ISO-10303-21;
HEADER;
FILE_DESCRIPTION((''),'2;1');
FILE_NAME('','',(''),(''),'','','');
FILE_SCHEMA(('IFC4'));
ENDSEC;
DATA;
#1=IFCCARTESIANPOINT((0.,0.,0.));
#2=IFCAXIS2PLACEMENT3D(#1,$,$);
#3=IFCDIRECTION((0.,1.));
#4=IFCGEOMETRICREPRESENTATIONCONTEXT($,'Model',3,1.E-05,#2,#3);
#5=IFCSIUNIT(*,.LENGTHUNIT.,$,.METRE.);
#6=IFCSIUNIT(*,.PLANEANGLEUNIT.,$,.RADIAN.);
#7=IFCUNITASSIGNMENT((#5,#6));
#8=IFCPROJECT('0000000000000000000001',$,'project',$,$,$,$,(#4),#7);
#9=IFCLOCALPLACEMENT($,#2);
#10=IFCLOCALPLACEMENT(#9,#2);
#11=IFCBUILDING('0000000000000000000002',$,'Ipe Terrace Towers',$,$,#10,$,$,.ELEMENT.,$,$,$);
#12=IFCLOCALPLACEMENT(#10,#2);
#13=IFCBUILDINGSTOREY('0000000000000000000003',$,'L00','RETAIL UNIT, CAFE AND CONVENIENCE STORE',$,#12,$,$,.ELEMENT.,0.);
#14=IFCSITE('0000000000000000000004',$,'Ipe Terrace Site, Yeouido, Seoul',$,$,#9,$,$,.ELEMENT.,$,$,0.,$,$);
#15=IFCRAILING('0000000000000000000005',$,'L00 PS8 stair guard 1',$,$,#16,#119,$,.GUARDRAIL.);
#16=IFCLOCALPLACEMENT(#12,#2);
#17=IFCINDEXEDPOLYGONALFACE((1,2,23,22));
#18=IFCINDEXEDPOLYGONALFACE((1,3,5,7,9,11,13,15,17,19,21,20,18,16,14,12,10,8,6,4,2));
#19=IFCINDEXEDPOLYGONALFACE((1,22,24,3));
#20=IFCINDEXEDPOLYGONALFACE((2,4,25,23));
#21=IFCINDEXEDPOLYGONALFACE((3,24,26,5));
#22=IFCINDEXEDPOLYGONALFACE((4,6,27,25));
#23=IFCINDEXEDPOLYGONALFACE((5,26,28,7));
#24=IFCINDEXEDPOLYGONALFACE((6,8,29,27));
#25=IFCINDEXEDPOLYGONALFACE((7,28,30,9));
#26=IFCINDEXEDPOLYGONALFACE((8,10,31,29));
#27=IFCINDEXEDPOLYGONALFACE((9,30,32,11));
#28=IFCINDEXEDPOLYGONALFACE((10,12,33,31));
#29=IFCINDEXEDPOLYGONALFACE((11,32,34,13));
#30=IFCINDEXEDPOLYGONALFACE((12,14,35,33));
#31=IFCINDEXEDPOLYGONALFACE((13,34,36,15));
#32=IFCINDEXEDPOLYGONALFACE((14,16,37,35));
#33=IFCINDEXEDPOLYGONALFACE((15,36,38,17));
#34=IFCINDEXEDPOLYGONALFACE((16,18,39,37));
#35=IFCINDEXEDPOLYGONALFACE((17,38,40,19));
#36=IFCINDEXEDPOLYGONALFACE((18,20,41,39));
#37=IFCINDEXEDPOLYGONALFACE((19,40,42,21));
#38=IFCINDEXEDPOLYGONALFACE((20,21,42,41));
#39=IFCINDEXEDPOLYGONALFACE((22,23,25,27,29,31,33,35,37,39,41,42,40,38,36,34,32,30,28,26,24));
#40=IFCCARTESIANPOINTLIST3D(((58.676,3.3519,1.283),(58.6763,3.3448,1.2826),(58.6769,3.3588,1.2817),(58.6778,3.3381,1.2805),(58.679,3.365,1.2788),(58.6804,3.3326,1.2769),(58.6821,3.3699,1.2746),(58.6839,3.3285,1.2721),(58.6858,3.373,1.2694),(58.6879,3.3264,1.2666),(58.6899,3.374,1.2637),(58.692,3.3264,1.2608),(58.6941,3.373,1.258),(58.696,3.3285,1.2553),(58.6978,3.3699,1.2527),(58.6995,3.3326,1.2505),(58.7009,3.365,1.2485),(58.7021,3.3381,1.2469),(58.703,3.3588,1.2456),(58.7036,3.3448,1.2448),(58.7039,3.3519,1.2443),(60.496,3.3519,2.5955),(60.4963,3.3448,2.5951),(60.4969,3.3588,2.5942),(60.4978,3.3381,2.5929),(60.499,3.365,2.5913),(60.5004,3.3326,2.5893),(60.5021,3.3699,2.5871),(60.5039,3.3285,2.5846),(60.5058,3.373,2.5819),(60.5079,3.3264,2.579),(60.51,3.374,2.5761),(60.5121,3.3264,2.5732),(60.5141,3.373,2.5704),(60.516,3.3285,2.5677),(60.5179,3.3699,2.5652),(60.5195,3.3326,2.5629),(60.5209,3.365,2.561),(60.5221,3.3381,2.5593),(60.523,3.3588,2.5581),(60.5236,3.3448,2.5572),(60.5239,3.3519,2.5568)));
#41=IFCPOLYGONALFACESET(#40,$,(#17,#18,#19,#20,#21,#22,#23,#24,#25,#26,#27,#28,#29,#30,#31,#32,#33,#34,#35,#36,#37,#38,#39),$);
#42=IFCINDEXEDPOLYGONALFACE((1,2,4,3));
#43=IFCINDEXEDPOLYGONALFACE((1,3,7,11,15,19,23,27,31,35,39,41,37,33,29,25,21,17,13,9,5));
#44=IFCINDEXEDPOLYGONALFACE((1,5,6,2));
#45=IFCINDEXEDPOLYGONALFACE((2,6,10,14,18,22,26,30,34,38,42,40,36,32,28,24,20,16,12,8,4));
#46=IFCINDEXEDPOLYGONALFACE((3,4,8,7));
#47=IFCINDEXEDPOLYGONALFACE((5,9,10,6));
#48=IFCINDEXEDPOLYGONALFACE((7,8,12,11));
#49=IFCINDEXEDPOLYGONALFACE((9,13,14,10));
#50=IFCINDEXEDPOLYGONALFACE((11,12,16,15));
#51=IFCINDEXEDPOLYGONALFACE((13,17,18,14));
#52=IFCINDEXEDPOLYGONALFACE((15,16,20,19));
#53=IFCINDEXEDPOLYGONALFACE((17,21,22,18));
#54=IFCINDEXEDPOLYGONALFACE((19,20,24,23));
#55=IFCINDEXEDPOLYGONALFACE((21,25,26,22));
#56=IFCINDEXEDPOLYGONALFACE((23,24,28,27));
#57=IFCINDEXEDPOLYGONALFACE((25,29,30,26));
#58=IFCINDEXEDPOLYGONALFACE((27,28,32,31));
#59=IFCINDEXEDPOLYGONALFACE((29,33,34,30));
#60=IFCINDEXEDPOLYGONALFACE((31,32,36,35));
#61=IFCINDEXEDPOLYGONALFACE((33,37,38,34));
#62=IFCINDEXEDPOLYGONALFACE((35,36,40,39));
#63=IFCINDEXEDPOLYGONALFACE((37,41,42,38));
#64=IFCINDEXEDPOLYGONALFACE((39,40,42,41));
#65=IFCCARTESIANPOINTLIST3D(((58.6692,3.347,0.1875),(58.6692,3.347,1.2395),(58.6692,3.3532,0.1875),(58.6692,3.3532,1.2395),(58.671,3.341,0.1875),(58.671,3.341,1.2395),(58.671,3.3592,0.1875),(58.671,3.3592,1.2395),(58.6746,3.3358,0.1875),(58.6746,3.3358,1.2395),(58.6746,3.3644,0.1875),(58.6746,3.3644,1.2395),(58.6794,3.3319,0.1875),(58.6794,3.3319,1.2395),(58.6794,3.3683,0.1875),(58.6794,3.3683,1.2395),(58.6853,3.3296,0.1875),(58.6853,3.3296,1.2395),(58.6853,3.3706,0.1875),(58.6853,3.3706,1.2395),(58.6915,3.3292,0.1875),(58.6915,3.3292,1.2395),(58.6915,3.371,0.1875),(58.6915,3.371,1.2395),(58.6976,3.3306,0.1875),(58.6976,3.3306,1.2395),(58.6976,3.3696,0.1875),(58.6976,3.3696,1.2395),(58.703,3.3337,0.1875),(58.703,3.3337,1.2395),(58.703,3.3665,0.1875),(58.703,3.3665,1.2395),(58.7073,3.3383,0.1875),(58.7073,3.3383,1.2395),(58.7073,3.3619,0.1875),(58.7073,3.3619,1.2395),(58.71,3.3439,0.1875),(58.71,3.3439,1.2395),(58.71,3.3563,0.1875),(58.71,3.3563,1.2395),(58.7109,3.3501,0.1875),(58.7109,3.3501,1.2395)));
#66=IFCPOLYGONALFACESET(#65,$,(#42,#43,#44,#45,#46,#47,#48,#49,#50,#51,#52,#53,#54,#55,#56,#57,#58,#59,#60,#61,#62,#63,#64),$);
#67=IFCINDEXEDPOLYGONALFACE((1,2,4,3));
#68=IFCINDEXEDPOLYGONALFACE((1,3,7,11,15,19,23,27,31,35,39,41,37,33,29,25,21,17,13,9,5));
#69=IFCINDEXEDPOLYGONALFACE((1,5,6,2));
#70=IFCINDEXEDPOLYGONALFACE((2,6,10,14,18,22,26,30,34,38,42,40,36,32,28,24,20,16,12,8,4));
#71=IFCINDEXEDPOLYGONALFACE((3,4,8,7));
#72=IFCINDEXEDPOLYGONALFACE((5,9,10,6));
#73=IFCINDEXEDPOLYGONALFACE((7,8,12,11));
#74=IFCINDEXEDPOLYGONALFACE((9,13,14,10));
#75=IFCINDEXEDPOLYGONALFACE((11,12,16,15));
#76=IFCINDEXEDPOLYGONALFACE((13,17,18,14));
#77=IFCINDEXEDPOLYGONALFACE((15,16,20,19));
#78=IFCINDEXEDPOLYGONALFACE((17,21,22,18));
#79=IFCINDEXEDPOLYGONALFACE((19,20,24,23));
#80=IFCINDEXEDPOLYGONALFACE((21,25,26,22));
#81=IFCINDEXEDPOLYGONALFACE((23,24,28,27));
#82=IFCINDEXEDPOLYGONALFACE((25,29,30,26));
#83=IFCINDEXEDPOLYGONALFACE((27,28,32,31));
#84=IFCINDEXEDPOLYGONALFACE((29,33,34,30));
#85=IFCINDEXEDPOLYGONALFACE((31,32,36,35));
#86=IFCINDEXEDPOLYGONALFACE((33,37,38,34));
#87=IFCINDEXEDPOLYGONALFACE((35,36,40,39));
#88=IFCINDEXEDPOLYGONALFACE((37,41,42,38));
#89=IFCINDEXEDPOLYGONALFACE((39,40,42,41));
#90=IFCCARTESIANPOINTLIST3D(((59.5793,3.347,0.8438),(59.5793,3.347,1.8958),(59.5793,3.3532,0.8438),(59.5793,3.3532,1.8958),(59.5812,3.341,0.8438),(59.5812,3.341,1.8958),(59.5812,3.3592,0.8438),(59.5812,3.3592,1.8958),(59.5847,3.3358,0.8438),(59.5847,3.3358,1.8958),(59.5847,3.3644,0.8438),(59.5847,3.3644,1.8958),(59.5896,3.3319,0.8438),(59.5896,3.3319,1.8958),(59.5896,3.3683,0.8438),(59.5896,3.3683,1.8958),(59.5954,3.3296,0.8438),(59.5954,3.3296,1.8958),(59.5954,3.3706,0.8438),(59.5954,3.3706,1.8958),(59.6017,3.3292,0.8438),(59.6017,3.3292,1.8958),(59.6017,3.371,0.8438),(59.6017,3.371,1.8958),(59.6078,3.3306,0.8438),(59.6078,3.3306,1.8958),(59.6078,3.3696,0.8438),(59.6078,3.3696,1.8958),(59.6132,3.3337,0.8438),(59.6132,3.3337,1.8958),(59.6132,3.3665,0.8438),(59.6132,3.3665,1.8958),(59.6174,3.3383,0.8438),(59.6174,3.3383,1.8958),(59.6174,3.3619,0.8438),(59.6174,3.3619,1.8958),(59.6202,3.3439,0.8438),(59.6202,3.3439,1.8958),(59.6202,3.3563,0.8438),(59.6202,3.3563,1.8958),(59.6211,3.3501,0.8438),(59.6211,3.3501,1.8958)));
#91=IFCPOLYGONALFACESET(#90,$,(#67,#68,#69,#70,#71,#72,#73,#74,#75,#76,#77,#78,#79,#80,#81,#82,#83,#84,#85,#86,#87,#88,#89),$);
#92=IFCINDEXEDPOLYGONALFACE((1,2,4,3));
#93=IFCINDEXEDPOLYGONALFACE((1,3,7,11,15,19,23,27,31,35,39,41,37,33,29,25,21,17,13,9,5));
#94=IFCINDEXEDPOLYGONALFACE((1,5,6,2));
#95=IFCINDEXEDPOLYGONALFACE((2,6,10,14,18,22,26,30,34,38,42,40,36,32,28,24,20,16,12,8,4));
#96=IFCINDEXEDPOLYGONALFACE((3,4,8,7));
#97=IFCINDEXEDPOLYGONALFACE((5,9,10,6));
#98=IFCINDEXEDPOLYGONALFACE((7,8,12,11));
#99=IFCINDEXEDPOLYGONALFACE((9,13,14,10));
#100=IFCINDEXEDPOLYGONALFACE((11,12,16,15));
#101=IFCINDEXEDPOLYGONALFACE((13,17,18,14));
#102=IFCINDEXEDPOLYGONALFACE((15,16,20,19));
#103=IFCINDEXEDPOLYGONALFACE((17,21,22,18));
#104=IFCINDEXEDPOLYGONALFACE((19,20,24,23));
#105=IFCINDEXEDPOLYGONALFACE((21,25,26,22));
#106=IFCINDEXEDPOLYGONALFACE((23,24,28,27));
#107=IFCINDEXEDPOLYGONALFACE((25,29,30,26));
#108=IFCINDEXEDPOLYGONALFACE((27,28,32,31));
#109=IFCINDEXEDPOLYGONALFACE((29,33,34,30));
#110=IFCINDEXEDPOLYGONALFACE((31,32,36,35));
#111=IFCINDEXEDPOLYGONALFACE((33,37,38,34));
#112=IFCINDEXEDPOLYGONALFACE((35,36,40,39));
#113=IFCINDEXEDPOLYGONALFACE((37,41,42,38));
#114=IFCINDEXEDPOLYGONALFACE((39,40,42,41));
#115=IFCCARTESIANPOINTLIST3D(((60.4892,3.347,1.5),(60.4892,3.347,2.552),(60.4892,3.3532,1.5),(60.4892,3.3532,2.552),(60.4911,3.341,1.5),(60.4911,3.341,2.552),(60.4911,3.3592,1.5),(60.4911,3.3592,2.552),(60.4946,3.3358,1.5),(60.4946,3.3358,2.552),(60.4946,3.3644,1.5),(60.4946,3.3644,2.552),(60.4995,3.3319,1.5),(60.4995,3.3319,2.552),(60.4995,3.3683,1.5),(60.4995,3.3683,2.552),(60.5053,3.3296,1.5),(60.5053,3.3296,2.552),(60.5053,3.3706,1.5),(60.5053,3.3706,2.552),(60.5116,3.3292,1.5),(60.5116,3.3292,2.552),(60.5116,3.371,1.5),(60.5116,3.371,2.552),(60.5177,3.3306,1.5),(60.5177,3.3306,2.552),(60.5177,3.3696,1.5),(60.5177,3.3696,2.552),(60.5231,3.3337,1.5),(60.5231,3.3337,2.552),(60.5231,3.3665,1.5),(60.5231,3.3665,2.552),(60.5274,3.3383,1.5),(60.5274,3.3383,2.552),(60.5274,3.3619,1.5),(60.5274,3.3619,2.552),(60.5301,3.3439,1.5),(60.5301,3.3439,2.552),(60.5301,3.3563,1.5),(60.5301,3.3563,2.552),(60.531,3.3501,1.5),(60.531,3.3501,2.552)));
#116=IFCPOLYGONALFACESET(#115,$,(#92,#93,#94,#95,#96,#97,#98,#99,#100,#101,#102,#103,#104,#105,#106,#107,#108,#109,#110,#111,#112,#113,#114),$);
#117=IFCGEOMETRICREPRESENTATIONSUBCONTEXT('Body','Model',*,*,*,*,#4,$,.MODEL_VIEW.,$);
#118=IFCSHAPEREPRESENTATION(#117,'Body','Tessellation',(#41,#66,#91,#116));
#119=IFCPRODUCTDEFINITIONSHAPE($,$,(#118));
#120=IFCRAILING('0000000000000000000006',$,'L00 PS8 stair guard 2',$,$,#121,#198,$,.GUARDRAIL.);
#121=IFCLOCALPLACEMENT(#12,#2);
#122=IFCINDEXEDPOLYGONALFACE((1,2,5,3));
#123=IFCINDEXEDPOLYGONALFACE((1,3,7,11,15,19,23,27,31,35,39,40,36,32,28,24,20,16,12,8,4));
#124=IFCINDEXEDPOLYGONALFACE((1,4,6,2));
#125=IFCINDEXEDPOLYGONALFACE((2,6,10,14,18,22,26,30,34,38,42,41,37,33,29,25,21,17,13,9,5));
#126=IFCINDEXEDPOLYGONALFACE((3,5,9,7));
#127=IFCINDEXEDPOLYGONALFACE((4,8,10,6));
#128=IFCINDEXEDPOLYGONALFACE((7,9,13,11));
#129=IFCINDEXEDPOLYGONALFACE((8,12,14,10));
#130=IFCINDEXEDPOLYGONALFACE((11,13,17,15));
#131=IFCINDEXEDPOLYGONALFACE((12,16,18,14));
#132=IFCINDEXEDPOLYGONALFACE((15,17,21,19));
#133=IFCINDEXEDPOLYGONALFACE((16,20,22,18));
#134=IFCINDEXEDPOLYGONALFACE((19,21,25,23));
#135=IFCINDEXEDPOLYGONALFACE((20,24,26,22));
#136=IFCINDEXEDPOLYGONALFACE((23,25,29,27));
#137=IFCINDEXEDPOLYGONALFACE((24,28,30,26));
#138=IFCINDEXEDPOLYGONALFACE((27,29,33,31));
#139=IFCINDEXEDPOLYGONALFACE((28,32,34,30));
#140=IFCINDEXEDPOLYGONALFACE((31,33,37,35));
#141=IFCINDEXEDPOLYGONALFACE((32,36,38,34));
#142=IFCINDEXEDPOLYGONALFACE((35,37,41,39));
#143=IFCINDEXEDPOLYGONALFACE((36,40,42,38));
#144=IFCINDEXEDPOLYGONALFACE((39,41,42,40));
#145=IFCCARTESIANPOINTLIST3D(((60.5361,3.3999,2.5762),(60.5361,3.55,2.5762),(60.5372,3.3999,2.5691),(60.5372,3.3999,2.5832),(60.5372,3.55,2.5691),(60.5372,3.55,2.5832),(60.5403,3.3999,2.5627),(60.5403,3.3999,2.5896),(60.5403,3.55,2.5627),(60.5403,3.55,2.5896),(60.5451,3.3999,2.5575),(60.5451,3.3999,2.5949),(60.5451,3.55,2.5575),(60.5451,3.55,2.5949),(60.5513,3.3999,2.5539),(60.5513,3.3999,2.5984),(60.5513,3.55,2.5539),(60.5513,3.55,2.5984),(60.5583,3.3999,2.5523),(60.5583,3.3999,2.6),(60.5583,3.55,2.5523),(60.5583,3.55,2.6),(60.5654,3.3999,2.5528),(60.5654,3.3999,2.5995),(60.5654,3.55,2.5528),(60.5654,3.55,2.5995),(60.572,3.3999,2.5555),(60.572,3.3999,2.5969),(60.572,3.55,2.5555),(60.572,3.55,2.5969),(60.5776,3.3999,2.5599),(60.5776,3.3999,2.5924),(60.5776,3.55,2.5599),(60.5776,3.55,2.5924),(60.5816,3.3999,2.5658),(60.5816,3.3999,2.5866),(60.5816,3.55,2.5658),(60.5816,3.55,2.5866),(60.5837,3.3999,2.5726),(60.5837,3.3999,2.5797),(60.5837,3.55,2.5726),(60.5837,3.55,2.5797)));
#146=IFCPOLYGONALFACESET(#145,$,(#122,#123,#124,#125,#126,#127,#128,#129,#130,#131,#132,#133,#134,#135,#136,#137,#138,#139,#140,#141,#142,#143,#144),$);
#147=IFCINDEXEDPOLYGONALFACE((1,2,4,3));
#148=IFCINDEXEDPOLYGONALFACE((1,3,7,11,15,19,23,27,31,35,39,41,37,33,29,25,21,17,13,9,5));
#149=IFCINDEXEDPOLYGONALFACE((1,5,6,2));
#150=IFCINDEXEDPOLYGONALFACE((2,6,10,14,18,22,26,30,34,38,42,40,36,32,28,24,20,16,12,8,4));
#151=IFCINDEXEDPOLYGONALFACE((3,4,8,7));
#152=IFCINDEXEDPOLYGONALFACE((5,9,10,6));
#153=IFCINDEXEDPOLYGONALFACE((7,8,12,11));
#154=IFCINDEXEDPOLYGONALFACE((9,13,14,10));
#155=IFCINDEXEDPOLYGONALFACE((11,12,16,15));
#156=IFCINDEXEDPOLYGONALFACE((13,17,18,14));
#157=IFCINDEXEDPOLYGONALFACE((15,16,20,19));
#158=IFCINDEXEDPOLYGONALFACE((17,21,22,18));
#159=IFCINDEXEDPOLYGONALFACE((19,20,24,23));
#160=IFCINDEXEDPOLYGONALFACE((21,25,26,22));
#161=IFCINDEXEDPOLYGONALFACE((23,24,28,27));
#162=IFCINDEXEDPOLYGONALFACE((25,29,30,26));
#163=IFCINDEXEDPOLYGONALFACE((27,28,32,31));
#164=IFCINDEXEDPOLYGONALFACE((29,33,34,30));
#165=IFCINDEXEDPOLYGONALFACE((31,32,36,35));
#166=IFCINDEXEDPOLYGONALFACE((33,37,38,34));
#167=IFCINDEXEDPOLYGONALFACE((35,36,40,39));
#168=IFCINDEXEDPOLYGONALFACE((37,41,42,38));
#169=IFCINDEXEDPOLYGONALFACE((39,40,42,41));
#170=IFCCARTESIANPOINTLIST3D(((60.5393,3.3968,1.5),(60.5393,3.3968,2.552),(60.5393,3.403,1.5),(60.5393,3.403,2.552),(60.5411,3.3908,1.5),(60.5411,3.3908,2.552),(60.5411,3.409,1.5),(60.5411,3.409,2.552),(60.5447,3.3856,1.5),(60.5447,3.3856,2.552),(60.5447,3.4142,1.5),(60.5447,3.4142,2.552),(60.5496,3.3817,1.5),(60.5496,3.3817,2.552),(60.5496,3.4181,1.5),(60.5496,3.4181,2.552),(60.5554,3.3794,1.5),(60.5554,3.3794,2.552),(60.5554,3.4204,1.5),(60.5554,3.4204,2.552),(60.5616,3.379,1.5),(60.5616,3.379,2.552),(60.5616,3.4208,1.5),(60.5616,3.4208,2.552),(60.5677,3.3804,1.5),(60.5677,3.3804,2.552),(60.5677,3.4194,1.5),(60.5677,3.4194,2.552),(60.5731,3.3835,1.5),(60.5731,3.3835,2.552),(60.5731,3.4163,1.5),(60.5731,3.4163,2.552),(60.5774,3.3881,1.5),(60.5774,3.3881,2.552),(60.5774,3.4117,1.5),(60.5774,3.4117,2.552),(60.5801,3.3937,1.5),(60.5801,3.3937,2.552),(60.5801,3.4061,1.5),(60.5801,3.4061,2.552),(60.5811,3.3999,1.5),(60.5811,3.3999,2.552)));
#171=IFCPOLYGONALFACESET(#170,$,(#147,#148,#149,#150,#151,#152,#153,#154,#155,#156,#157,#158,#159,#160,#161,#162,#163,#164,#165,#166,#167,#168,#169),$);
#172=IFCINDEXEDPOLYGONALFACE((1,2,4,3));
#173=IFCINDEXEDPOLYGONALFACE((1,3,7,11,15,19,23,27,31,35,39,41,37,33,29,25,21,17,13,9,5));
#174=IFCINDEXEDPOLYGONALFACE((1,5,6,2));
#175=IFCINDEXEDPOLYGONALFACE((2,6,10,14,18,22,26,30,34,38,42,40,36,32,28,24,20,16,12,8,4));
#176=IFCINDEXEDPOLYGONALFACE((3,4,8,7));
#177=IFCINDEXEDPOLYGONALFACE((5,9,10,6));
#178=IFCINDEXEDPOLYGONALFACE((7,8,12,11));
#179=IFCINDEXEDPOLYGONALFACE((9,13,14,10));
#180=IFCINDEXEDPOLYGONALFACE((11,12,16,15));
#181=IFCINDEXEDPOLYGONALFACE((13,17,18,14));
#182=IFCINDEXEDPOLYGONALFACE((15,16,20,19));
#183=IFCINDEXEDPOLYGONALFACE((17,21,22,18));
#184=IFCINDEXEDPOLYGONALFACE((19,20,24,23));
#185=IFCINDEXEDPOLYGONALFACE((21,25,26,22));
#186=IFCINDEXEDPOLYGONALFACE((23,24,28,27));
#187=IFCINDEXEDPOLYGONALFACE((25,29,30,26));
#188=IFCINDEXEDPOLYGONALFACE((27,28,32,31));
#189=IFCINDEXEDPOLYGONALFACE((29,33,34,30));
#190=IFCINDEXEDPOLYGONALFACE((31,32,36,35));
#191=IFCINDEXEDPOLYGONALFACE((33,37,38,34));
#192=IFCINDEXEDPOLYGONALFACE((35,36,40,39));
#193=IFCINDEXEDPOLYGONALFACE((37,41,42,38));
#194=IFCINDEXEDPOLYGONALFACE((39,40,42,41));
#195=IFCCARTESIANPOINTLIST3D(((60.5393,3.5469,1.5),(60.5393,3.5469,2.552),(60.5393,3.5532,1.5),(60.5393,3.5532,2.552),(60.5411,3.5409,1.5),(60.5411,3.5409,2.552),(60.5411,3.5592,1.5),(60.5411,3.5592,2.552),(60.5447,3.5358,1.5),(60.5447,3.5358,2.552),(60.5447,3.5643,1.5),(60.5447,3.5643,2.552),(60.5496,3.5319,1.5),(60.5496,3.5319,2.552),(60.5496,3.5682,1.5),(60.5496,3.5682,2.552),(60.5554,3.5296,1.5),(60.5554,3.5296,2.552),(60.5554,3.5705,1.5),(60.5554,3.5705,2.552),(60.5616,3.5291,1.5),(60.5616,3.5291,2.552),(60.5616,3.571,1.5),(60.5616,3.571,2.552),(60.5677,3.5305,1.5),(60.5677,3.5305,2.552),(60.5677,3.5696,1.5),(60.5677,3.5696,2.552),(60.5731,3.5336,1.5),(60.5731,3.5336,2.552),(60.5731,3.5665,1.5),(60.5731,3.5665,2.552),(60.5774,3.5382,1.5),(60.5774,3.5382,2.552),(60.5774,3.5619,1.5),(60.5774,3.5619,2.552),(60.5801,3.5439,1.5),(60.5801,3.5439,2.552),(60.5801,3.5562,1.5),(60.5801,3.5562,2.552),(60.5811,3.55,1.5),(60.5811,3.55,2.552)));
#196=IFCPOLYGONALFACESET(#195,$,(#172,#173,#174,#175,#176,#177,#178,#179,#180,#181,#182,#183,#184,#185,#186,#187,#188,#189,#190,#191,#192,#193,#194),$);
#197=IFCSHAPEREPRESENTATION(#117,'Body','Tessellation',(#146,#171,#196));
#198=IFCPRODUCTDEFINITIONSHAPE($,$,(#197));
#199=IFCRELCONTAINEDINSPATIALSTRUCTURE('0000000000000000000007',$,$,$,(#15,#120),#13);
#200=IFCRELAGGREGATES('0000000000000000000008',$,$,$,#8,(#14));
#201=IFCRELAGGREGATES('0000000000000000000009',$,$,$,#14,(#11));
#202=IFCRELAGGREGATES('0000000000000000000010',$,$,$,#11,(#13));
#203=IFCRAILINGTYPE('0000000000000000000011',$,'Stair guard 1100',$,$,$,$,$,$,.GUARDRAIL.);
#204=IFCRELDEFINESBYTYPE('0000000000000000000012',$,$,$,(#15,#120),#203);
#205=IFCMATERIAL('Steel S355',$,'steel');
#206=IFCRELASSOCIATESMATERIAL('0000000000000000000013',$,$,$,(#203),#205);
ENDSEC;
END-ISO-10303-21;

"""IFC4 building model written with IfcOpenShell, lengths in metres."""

from ifc_helpers import new_model, si_unit, direction, frame, origin, origin_2d, place, context, subcontext, project, spatial, circle, extrude, material, type_object, element, save


model = new_model("IFC4")

# Units and contexts
model_context = context("Model", 3, precision=1e-05, world=origin(), true_north=direction((0.0, 1.0)))
body_context = subcontext(model_context, "Body", "Model", "MODEL_VIEW")
ifc_project = project(units=[si_unit("LENGTHUNIT", "METRE"), si_unit("PLANEANGLEUNIT", "RADIAN")], contexts=[model_context])

# Site, building, storey
site_placement = place(None, origin())
site = spatial("IfcSite", under=ifc_project, at=site_placement, Name="Ipe Terrace Site, Yeouido, Seoul", CompositionType="ELEMENT", RefElevation=0.0)
building_placement = place(site_placement, origin())
building = spatial("IfcBuilding", under=site, at=building_placement, Name="Ipe Terrace Towers", CompositionType="ELEMENT")
storey_placement = place(building_placement, origin())
storey = spatial("IfcBuildingStorey", under=building, at=storey_placement, Name="L00", Description="RETAIL UNIT, CAFE AND CONVENIENCE STORE", CompositionType="ELEMENT", Elevation=0.0)

# Railings
ifc_material_1 = material(Name="Steel S355", Category="steel")
railing_type_1 = type_object("IfcRailingType", Name="Stair guard 1100", PredefinedType="GUARDRAIL", material=ifc_material_1)
railing_1_placement = place(storey_placement, frame((58.6899, 3.3501, 0.1875)))
element("IfcRailing", 1, at=railing_1_placement, inside=storey, type_object=railing_type_1, Name="L00 PS8 stair guard 1", PredefinedType="GUARDRAIL", context=body_context, shape_type="SweptSolid", body=[
    extrude(circle(Radius=0.0239, at=origin_2d()), frame((0.0, 0.0, 1.0762), z_axis=(0.811101, 0.0, 0.584906), x_axis=(0.0, 1.0, 0.0)), (0.0, 0.0, 1.0), 2.2439),
    extrude(circle(Radius=0.021, at=origin_2d()), origin(), (0.0, 0.0, 1.0), 1.052),
    extrude(circle(Radius=0.021, at=origin_2d()), frame((0.9102, 0.0, 0.6562)), (0.0, 0.0, 1.0), 1.052),
    extrude(circle(Radius=0.021, at=origin_2d()), frame((1.8201, 0.0, 1.3125)), (0.0, 0.0, 1.0), 1.052),
])
railing_2_placement = place(storey_placement, frame((60.5601, 3.3999, 1.5)))
element("IfcRailing", 2, at=railing_2_placement, inside=storey, type_object=railing_type_1, Name="L00 PS8 stair guard 2", PredefinedType="GUARDRAIL", context=body_context, shape_type="SweptSolid", body=[
    extrude(circle(Radius=0.0239, at=origin_2d()), frame((0.0, 0.0, 1.0762), z_axis=(0.0, 1.0, 0.0), x_axis=(-1.0, 0.0, 0.0)), (0.0, 0.0, 1.0), 0.1501),
    extrude(circle(Radius=0.021, at=origin_2d()), origin(), (0.0, 0.0, 1.0), 1.052),
    extrude(circle(Radius=0.021, at=origin_2d()), frame((0.0, 0.1501, 0.0)), (0.0, 0.0, 1.0), 1.052),
])

save(model, "model.ifc")
